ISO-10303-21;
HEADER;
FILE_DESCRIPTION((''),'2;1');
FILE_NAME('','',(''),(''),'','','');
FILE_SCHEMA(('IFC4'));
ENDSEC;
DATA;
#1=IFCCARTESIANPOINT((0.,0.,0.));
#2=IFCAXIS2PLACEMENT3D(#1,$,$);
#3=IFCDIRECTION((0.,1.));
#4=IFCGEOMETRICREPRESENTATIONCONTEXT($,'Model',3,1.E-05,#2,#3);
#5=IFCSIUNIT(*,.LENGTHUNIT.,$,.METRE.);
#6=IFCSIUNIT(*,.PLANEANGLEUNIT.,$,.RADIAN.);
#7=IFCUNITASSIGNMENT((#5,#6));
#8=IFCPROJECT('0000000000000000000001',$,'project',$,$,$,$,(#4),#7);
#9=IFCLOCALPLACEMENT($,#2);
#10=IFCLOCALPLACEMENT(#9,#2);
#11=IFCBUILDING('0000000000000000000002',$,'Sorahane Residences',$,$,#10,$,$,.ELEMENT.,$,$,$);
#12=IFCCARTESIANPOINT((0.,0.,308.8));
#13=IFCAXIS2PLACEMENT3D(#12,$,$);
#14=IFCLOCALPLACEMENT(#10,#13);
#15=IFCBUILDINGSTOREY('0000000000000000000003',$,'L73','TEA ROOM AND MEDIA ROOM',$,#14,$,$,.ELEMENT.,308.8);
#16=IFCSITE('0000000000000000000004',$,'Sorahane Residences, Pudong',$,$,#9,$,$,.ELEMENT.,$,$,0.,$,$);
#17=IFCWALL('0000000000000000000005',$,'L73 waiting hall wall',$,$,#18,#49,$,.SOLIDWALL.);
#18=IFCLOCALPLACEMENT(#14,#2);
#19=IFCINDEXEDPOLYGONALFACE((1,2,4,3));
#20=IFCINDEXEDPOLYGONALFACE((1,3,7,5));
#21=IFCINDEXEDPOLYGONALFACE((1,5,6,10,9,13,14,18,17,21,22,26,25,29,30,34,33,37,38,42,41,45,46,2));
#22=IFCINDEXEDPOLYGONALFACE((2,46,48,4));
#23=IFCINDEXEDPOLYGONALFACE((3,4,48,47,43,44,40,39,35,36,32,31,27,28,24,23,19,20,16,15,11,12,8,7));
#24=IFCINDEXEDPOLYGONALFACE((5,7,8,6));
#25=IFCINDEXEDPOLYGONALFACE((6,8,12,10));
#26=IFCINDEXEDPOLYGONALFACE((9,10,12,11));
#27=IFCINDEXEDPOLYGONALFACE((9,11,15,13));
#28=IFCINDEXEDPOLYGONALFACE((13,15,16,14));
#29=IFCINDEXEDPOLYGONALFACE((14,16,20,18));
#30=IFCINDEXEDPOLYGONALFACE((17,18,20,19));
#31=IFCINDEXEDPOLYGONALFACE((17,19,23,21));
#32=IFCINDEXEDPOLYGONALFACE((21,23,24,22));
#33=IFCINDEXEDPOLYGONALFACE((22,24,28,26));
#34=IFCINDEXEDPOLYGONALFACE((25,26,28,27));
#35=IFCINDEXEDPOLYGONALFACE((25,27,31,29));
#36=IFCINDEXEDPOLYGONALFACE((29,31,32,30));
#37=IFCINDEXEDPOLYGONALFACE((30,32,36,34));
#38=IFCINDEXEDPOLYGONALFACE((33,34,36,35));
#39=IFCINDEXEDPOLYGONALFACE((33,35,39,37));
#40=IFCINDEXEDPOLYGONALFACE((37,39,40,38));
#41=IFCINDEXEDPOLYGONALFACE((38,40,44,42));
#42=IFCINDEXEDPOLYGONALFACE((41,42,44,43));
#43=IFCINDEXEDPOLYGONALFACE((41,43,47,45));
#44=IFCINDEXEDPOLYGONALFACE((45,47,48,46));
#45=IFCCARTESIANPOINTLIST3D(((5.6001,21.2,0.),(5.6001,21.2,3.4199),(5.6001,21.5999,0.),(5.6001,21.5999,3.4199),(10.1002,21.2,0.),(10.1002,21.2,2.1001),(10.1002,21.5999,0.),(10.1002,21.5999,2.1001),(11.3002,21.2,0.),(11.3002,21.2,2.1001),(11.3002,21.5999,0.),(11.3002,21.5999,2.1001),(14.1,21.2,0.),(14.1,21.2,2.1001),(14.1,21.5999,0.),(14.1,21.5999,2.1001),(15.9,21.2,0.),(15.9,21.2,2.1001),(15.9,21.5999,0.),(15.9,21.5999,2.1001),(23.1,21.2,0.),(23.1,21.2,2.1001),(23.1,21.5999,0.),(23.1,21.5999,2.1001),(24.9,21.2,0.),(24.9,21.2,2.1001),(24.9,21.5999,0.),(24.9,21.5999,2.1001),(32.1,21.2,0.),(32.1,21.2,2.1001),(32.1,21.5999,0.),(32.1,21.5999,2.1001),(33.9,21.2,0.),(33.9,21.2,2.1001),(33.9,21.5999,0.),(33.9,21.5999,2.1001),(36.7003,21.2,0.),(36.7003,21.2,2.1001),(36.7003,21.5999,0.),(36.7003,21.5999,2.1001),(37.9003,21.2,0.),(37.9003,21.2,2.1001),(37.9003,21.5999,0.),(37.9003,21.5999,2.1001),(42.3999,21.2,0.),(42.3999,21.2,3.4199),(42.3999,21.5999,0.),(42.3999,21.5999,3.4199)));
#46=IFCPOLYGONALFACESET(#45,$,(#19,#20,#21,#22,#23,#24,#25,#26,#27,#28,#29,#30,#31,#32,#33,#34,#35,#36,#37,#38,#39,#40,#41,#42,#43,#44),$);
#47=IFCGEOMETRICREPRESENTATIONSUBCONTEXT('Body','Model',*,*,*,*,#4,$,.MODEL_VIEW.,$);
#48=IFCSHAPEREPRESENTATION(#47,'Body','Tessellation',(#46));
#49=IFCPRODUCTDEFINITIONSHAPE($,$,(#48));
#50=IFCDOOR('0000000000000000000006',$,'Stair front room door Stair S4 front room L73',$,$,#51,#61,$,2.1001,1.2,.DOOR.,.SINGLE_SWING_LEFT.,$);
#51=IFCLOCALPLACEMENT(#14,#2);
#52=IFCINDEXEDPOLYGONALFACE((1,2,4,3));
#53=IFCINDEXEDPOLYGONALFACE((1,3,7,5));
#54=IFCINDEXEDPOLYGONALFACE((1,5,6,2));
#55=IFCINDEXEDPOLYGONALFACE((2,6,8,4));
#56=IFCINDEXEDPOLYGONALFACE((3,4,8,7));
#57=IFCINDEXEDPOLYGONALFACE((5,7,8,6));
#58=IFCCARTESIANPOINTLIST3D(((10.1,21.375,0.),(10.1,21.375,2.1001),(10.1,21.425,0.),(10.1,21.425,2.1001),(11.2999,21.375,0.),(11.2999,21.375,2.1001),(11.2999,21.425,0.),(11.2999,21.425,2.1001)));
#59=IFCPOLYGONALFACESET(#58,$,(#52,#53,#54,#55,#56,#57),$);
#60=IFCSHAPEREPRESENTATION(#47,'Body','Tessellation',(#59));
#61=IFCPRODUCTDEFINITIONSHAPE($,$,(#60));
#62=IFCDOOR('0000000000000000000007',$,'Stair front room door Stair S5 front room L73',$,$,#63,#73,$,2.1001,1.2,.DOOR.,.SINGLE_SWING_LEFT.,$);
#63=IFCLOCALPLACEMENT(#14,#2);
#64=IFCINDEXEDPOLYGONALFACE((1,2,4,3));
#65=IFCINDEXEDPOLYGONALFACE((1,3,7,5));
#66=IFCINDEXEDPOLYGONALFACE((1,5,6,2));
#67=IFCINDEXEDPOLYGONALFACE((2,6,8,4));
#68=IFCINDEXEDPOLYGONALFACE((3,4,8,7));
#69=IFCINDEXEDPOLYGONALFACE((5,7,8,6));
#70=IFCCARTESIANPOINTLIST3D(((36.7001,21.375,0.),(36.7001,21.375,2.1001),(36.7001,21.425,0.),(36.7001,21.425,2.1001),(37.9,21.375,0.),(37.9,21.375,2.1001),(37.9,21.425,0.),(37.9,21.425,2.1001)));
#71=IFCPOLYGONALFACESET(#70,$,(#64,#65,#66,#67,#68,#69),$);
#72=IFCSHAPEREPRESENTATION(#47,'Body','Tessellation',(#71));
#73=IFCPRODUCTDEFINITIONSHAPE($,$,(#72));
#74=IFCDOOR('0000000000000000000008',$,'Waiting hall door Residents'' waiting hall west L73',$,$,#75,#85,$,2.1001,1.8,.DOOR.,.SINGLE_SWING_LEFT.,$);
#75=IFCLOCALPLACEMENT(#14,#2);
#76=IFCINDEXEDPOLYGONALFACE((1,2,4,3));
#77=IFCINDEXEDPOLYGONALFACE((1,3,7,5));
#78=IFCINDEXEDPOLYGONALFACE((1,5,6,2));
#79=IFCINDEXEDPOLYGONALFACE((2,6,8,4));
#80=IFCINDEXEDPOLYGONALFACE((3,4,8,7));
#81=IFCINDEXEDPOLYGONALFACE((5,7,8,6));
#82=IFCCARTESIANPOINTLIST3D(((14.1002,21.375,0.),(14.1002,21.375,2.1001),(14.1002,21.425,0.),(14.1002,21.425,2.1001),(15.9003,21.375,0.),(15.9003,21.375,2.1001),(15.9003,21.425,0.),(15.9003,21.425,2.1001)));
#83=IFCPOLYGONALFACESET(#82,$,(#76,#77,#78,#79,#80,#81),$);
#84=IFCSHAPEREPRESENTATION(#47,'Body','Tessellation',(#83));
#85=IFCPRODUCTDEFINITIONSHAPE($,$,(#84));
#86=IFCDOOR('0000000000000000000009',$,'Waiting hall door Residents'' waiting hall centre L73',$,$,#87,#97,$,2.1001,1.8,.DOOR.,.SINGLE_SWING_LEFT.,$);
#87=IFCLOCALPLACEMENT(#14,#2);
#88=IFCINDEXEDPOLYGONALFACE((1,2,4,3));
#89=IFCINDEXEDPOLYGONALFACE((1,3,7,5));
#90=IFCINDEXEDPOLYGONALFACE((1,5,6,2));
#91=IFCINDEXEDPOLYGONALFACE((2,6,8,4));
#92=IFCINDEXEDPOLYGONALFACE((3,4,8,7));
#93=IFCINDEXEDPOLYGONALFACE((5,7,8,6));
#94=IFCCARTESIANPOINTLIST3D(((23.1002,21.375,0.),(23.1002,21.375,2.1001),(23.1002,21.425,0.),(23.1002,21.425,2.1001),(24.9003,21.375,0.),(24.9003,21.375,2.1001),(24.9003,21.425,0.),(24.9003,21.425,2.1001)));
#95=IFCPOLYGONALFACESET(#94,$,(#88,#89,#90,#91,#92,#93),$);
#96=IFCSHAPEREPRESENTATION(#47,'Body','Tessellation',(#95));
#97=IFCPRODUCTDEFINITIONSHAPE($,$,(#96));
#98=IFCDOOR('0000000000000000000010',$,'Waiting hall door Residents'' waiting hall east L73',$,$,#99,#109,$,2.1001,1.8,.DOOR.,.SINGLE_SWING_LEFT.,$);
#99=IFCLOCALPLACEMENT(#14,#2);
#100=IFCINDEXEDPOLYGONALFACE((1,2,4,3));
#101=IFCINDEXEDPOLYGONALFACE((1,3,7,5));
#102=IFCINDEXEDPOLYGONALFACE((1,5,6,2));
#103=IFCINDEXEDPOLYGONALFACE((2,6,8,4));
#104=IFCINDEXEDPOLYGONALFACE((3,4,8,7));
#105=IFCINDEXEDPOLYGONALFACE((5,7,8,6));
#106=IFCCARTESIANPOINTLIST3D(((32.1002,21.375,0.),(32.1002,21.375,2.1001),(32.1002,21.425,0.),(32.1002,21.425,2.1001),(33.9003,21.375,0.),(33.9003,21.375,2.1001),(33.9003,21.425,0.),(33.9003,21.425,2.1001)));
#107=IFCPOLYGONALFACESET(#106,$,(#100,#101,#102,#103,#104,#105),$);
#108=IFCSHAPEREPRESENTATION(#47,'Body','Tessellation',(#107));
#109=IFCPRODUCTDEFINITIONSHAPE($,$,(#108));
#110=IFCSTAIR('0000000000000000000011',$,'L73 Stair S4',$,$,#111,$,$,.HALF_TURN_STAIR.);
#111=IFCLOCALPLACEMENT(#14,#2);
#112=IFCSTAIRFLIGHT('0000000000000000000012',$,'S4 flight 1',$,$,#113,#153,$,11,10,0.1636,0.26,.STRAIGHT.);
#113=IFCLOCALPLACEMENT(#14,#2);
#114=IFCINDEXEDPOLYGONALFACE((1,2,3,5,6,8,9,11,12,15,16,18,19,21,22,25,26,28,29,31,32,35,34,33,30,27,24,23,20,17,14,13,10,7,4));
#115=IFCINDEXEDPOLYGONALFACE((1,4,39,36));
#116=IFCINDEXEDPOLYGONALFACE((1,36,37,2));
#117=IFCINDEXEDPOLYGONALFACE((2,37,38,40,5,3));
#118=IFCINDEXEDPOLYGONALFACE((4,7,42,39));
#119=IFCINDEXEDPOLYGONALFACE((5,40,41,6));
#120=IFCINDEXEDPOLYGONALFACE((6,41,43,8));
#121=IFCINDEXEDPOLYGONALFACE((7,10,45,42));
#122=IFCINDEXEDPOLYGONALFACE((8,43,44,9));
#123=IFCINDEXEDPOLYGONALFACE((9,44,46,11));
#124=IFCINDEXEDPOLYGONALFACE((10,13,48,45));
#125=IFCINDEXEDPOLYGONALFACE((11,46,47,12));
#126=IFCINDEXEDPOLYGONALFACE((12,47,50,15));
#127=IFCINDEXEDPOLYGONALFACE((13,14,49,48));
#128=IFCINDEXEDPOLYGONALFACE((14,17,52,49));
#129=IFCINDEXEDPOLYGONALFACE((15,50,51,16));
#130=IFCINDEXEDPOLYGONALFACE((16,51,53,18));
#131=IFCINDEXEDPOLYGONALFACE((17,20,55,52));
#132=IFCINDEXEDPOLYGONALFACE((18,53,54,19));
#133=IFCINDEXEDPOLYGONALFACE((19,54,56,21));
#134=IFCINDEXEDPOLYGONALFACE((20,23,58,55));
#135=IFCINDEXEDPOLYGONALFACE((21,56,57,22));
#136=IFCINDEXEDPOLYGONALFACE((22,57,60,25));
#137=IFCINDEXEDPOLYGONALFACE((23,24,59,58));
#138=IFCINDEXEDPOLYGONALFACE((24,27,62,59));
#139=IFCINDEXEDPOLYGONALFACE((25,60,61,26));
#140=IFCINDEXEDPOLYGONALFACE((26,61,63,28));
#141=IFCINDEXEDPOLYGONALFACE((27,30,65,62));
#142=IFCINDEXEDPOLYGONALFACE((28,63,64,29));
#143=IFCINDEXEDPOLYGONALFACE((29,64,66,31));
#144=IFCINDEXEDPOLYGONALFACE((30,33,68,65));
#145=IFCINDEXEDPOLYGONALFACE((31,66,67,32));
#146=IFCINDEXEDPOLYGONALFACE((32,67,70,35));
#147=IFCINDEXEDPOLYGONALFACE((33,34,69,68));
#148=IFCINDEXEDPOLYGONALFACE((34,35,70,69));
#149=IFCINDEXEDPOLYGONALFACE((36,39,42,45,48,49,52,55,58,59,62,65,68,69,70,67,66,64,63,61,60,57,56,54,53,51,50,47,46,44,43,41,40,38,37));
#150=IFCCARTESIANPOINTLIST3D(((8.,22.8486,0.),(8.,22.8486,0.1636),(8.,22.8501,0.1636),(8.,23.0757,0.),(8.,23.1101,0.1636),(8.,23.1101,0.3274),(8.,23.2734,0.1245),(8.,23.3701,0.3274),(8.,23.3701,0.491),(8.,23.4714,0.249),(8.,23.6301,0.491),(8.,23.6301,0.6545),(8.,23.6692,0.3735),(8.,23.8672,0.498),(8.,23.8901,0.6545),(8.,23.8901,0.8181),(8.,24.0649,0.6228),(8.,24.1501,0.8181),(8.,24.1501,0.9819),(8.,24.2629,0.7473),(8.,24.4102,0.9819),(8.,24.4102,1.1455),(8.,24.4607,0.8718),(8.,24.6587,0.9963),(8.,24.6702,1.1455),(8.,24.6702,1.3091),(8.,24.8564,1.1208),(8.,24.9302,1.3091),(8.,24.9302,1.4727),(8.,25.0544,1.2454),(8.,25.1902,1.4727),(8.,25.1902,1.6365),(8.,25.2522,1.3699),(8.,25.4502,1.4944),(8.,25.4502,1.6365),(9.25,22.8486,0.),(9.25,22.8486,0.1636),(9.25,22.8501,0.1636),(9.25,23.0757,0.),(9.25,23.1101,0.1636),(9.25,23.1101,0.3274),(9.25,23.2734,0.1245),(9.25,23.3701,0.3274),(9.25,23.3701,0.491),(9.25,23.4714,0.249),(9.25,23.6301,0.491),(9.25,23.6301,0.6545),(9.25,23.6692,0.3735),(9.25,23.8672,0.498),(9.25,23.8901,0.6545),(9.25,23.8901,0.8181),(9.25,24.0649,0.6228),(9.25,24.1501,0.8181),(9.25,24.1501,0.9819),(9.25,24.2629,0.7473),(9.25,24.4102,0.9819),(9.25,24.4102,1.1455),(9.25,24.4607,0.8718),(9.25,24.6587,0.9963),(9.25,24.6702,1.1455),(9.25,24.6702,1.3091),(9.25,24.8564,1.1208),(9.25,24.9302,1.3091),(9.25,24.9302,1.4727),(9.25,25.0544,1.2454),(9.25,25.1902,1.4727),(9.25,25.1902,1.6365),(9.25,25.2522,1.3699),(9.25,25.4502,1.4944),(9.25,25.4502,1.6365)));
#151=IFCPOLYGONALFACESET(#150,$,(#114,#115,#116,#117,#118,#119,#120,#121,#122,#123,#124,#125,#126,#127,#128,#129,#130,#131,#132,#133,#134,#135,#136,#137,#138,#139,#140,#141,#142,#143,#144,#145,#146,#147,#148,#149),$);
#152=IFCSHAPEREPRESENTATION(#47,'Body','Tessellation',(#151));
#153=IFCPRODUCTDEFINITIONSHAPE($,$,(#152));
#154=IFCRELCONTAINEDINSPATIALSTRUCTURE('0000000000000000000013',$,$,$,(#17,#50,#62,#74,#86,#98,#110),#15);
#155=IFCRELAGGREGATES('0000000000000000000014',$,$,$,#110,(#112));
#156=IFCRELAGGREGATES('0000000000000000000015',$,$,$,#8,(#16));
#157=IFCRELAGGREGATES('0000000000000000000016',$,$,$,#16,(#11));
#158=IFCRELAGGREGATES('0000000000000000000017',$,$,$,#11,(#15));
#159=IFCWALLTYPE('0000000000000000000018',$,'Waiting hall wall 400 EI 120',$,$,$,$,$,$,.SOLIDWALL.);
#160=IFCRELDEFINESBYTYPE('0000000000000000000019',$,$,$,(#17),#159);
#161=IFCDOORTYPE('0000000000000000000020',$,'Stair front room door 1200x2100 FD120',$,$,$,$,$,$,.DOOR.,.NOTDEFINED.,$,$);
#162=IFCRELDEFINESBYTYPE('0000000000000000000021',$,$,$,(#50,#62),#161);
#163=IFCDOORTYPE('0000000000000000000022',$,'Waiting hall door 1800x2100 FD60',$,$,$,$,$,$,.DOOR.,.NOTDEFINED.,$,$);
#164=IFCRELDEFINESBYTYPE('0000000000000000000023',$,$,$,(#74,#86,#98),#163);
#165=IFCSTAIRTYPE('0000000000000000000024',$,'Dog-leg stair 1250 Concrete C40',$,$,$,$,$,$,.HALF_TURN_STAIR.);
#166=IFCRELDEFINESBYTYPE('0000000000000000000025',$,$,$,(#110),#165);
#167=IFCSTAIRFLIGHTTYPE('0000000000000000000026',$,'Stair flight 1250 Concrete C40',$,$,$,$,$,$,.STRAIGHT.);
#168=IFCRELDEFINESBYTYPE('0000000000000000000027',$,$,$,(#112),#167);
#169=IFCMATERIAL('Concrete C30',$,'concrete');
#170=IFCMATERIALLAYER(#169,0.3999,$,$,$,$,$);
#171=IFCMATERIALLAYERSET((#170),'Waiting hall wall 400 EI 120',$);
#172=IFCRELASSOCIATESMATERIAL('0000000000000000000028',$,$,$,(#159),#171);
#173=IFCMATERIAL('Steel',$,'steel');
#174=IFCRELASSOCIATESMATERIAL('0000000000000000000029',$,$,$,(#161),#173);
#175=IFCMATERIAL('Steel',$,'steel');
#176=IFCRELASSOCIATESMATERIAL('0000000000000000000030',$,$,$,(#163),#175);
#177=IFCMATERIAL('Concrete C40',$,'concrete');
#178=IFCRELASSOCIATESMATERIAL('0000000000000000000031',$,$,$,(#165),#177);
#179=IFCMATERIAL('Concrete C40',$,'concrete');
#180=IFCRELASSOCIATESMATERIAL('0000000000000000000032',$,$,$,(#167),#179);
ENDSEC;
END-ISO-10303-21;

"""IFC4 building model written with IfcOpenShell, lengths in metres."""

from ifc_helpers import new_model, si_unit, direction, frame, frame_2d, origin, place, context, subcontext, project, spatial, polyline, rectangle, outline, extrude, material, layer, layer_set, type_object, element, fill, aggregate, save


model = new_model("IFC4")

# Units and contexts
model_context = context("Model", 3, precision=1e-05, world=origin(), true_north=direction((0.0, 1.0)))
body_context = subcontext(model_context, "Body", "Model", "MODEL_VIEW")
ifc_project = project(units=[si_unit("LENGTHUNIT", "METRE"), si_unit("PLANEANGLEUNIT", "RADIAN")], contexts=[model_context])

# Site, building, storey
site_placement = place(None, origin())
site = spatial("IfcSite", under=ifc_project, at=site_placement, Name="Sorahane Residences, Pudong", CompositionType="ELEMENT", RefElevation=0.0)
building_placement = place(site_placement, origin())
building = spatial("IfcBuilding", under=site, at=building_placement, Name="Sorahane Residences", CompositionType="ELEMENT")
storey_placement = place(building_placement, frame((0.0, 0.0, 308.8)))
storey = spatial("IfcBuildingStorey", under=building, at=storey_placement, Name="L73", Description="TEA ROOM AND MEDIA ROOM", CompositionType="ELEMENT", Elevation=308.8)

# Wall, openings, doors
ifc_material_1 = material(Name="Concrete C30", Category="concrete")
ifc_layer_1 = layer(ifc_material_1, 0.3999)
ifc_layer_set_1 = layer_set([ifc_layer_1], Name="Waiting hall wall 400 EI 120")
wall_type_1 = type_object("IfcWallType", Name="Waiting hall wall 400 EI 120", PredefinedType="SOLIDWALL", material=ifc_layer_set_1)
wall_1_placement = place(storey_placement, frame((5.6001, 21.3999, 0.0), z_axis=(0.0, 0.0, 1.0), x_axis=(1.0, 0.0, 0.0)))
wall_1 = element("IfcWall", 1, at=wall_1_placement, inside=storey, type_object=wall_type_1, Name="L73 waiting hall wall", PredefinedType="SOLIDWALL", context=body_context, shape_type="SweptSolid", body=[
    extrude(rectangle(XDim=36.7998, YDim=0.3999, at=frame_2d((18.3999, 0.0))), origin(), (0.0, 0.0, 1.0), 3.4199),
])
opening_1_placement = place(wall_1_placement, frame((8.5, 0.0, 0.0)))
opening_1 = element("IfcOpeningElement", 2, at=opening_1_placement, cuts=wall_1, PredefinedType="OPENING", context=body_context, shape_type="SweptSolid", body=[
    extrude(rectangle(XDim=1.8, YDim=2.1001, at=frame_2d((0.8999, 1.05))), frame((0.0, 0.21, 0.0), z_axis=(0.0, -1.0, 0.0), x_axis=(1.0, 0.0, 0.0)), (0.0, 0.0, 1.0), 0.4199),
])
opening_2_placement = place(wall_1_placement, frame((17.5, 0.0, 0.0)))
opening_2 = element("IfcOpeningElement", 3, at=opening_2_placement, cuts=wall_1, PredefinedType="OPENING", context=body_context, shape_type="SweptSolid", body=[
    extrude(rectangle(XDim=1.8, YDim=2.1001, at=frame_2d((0.8999, 1.05))), frame((0.0, 0.21, 0.0), z_axis=(0.0, -1.0, 0.0), x_axis=(1.0, 0.0, 0.0)), (0.0, 0.0, 1.0), 0.4199),
])
opening_3_placement = place(wall_1_placement, frame((26.5, 0.0, 0.0)))
opening_3 = element("IfcOpeningElement", 4, at=opening_3_placement, cuts=wall_1, PredefinedType="OPENING", context=body_context, shape_type="SweptSolid", body=[
    extrude(rectangle(XDim=1.8, YDim=2.1001, at=frame_2d((0.8999, 1.05))), frame((0.0, 0.21, 0.0), z_axis=(0.0, -1.0, 0.0), x_axis=(1.0, 0.0, 0.0)), (0.0, 0.0, 1.0), 0.4199),
])
opening_4_placement = place(wall_1_placement, frame((4.5, 0.0, 0.0)))
opening_4 = element("IfcOpeningElement", 5, at=opening_4_placement, cuts=wall_1, PredefinedType="OPENING", context=body_context, shape_type="SweptSolid", body=[
    extrude(rectangle(XDim=1.2, YDim=2.1001, at=frame_2d((0.6001, 1.05))), frame((0.0, 0.21, 0.0), z_axis=(0.0, -1.0, 0.0), x_axis=(1.0, 0.0, 0.0)), (0.0, 0.0, 1.0), 0.4199),
])
opening_5_placement = place(wall_1_placement, frame((31.1001, 0.0, 0.0)))
opening_5 = element("IfcOpeningElement", 6, at=opening_5_placement, cuts=wall_1, PredefinedType="OPENING", context=body_context, shape_type="SweptSolid", body=[
    extrude(rectangle(XDim=1.2, YDim=2.1001, at=frame_2d((0.6001, 1.05))), frame((0.0, 0.21, 0.0), z_axis=(0.0, -1.0, 0.0), x_axis=(1.0, 0.0, 0.0)), (0.0, 0.0, 1.0), 0.4199),
])
ifc_material_2 = material(Name="Steel", Category="steel")
door_type_1 = type_object("IfcDoorType", Name="Stair front room door 1200x2100 FD120", OperationType="NOTDEFINED", PredefinedType="DOOR", material=ifc_material_2)
door_1_placement = place(opening_4_placement, frame((1.2, 0.0, 0.0), z_axis=(0.0, 0.0, 1.0), x_axis=(-1.0, 0.0, 0.0)))
door_1 = element("IfcDoor", 7, at=door_1_placement, inside=storey, type_object=door_type_1, Name="Stair front room door Stair S4 front room L73", OperationType="SINGLE_SWING_LEFT", OverallHeight=2.1001, OverallWidth=1.2, PredefinedType="DOOR", context=body_context, shape_type="SweptSolid", body=[
    extrude(rectangle(XDim=1.2, YDim=2.1001, at=frame_2d((0.6001, 1.05))), frame((0.0, 0.0249, 0.0), z_axis=(0.0, -1.0, 0.0), x_axis=(1.0, 0.0, 0.0)), (0.0, 0.0, 1.0), 0.05),
])
fill(opening_4, door_1)
door_2_placement = place(opening_5_placement, frame((1.2, 0.0, 0.0), z_axis=(0.0, 0.0, 1.0), x_axis=(-1.0, 0.0, 0.0)))
door_2 = element("IfcDoor", 8, at=door_2_placement, inside=storey, type_object=door_type_1, Name="Stair front room door Stair S5 front room L73", OperationType="SINGLE_SWING_LEFT", OverallHeight=2.1001, OverallWidth=1.2, PredefinedType="DOOR", context=body_context, shape_type="SweptSolid", body=[
    extrude(rectangle(XDim=1.2, YDim=2.1001, at=frame_2d((0.6001, 1.05))), frame((0.0, 0.0249, 0.0), z_axis=(0.0, -1.0, 0.0), x_axis=(1.0, 0.0, 0.0)), (0.0, 0.0, 1.0), 0.05),
])
fill(opening_5, door_2)
ifc_material_3 = material(Name="Steel", Category="steel")
door_type_2 = type_object("IfcDoorType", Name="Waiting hall door 1800x2100 FD60", OperationType="NOTDEFINED", PredefinedType="DOOR", material=ifc_material_3)
door_3_placement = place(opening_1_placement, frame((1.8, 0.0, 0.0), z_axis=(0.0, 0.0, 1.0), x_axis=(-1.0, 0.0, 0.0)))
door_3 = element("IfcDoor", 9, at=door_3_placement, inside=storey, type_object=door_type_2, Name="Waiting hall door Residents' waiting hall west L73", OperationType="SINGLE_SWING_LEFT", OverallHeight=2.1001, OverallWidth=1.8, PredefinedType="DOOR", context=body_context, shape_type="SweptSolid", body=[
    extrude(rectangle(XDim=1.8, YDim=2.1001, at=frame_2d((0.8999, 1.05))), frame((0.0, 0.0249, 0.0), z_axis=(0.0, -1.0, 0.0), x_axis=(1.0, 0.0, 0.0)), (0.0, 0.0, 1.0), 0.05),
])
fill(opening_1, door_3)
door_4_placement = place(opening_2_placement, frame((1.8, 0.0, 0.0), z_axis=(0.0, 0.0, 1.0), x_axis=(-1.0, 0.0, 0.0)))
door_4 = element("IfcDoor", 10, at=door_4_placement, inside=storey, type_object=door_type_2, Name="Waiting hall door Residents' waiting hall centre L73", OperationType="SINGLE_SWING_LEFT", OverallHeight=2.1001, OverallWidth=1.8, PredefinedType="DOOR", context=body_context, shape_type="SweptSolid", body=[
    extrude(rectangle(XDim=1.8, YDim=2.1001, at=frame_2d((0.8999, 1.05))), frame((0.0, 0.0249, 0.0), z_axis=(0.0, -1.0, 0.0), x_axis=(1.0, 0.0, 0.0)), (0.0, 0.0, 1.0), 0.05),
])
fill(opening_2, door_4)
door_5_placement = place(opening_3_placement, frame((1.8, 0.0, 0.0), z_axis=(0.0, 0.0, 1.0), x_axis=(-1.0, 0.0, 0.0)))
door_5 = element("IfcDoor", 11, at=door_5_placement, inside=storey, type_object=door_type_2, Name="Waiting hall door Residents' waiting hall east L73", OperationType="SINGLE_SWING_LEFT", OverallHeight=2.1001, OverallWidth=1.8, PredefinedType="DOOR", context=body_context, shape_type="SweptSolid", body=[
    extrude(rectangle(XDim=1.8, YDim=2.1001, at=frame_2d((0.8999, 1.05))), frame((0.0, 0.0249, 0.0), z_axis=(0.0, -1.0, 0.0), x_axis=(1.0, 0.0, 0.0)), (0.0, 0.0, 1.0), 0.05),
])
fill(opening_3, door_5)

# Stair, stair flight
ifc_material_4 = material(Name="Concrete C40", Category="concrete")
stair_type = type_object("IfcStairType", Name="Dog-leg stair 1250 Concrete C40", PredefinedType="HALF_TURN_STAIR", material=ifc_material_4)
stair_placement = place(storey_placement, origin())
stair = element("IfcStair", 12, at=stair_placement, inside=storey, type_object=stair_type, Name="L73 Stair S4", PredefinedType="HALF_TURN_STAIR")
ifc_material_5 = material(Name="Concrete C40", Category="concrete")
stair_flight_type = type_object("IfcStairFlightType", Name="Stair flight 1250 Concrete C40", PredefinedType="STRAIGHT", material=ifc_material_5)
stair_flight_placement = place(storey_placement, frame((8.625, 22.8501, 0.0), z_axis=(0.0, 0.0, 1.0), x_axis=(0.0, 1.0, 0.0)))
stair_flight = element("IfcStairFlight", 13, at=stair_flight_placement, type_object=stair_flight_type, Name="S4 flight 1", NumberOfRisers=11, NumberOfTreads=10, PredefinedType="STRAIGHT", RiserHeight=0.1636, TreadLength=0.26, context=body_context, shape_type="SweptSolid", body=[
    extrude(outline(polyline([(-0.0015, 0.0), (-0.0015, 0.1636), (0.0, 0.1636), (0.26, 0.1636), (0.26, 0.3274), (0.52, 0.3274), (0.52, 0.491), (0.78, 0.491), (0.78, 0.6545), (1.04, 0.6545), (1.04, 0.8181), (1.3, 0.8181), (1.3, 0.9819), (1.5601, 0.9819), (1.5601, 1.1455), (1.8201, 1.1455), (1.8201, 1.3091), (2.0801, 1.3091), (2.0801, 1.4727), (2.3401, 1.4727), (2.3401, 1.6365), (2.6001, 1.6365), (2.6001, 1.8), (2.6001, 1.4944), (2.4021, 1.3699), (2.2043, 1.2454), (2.0063, 1.1208), (1.8086, 0.9963), (1.6106, 0.8718), (1.4128, 0.7473), (1.2148, 0.6228), (1.0171, 0.498), (0.8191, 0.3735), (0.6213, 0.249), (0.4233, 0.1245), (0.2256, 0.0), (-0.0015, 0.0)])), frame((0.0, 0.625, 0.0), z_axis=(0.0, -1.0, 0.0), x_axis=(1.0, 0.0, 0.0)), (0.0, 0.0, 1.0), 1.25),
])
aggregate(stair, [stair_flight])

save(model, "model.ifc")
